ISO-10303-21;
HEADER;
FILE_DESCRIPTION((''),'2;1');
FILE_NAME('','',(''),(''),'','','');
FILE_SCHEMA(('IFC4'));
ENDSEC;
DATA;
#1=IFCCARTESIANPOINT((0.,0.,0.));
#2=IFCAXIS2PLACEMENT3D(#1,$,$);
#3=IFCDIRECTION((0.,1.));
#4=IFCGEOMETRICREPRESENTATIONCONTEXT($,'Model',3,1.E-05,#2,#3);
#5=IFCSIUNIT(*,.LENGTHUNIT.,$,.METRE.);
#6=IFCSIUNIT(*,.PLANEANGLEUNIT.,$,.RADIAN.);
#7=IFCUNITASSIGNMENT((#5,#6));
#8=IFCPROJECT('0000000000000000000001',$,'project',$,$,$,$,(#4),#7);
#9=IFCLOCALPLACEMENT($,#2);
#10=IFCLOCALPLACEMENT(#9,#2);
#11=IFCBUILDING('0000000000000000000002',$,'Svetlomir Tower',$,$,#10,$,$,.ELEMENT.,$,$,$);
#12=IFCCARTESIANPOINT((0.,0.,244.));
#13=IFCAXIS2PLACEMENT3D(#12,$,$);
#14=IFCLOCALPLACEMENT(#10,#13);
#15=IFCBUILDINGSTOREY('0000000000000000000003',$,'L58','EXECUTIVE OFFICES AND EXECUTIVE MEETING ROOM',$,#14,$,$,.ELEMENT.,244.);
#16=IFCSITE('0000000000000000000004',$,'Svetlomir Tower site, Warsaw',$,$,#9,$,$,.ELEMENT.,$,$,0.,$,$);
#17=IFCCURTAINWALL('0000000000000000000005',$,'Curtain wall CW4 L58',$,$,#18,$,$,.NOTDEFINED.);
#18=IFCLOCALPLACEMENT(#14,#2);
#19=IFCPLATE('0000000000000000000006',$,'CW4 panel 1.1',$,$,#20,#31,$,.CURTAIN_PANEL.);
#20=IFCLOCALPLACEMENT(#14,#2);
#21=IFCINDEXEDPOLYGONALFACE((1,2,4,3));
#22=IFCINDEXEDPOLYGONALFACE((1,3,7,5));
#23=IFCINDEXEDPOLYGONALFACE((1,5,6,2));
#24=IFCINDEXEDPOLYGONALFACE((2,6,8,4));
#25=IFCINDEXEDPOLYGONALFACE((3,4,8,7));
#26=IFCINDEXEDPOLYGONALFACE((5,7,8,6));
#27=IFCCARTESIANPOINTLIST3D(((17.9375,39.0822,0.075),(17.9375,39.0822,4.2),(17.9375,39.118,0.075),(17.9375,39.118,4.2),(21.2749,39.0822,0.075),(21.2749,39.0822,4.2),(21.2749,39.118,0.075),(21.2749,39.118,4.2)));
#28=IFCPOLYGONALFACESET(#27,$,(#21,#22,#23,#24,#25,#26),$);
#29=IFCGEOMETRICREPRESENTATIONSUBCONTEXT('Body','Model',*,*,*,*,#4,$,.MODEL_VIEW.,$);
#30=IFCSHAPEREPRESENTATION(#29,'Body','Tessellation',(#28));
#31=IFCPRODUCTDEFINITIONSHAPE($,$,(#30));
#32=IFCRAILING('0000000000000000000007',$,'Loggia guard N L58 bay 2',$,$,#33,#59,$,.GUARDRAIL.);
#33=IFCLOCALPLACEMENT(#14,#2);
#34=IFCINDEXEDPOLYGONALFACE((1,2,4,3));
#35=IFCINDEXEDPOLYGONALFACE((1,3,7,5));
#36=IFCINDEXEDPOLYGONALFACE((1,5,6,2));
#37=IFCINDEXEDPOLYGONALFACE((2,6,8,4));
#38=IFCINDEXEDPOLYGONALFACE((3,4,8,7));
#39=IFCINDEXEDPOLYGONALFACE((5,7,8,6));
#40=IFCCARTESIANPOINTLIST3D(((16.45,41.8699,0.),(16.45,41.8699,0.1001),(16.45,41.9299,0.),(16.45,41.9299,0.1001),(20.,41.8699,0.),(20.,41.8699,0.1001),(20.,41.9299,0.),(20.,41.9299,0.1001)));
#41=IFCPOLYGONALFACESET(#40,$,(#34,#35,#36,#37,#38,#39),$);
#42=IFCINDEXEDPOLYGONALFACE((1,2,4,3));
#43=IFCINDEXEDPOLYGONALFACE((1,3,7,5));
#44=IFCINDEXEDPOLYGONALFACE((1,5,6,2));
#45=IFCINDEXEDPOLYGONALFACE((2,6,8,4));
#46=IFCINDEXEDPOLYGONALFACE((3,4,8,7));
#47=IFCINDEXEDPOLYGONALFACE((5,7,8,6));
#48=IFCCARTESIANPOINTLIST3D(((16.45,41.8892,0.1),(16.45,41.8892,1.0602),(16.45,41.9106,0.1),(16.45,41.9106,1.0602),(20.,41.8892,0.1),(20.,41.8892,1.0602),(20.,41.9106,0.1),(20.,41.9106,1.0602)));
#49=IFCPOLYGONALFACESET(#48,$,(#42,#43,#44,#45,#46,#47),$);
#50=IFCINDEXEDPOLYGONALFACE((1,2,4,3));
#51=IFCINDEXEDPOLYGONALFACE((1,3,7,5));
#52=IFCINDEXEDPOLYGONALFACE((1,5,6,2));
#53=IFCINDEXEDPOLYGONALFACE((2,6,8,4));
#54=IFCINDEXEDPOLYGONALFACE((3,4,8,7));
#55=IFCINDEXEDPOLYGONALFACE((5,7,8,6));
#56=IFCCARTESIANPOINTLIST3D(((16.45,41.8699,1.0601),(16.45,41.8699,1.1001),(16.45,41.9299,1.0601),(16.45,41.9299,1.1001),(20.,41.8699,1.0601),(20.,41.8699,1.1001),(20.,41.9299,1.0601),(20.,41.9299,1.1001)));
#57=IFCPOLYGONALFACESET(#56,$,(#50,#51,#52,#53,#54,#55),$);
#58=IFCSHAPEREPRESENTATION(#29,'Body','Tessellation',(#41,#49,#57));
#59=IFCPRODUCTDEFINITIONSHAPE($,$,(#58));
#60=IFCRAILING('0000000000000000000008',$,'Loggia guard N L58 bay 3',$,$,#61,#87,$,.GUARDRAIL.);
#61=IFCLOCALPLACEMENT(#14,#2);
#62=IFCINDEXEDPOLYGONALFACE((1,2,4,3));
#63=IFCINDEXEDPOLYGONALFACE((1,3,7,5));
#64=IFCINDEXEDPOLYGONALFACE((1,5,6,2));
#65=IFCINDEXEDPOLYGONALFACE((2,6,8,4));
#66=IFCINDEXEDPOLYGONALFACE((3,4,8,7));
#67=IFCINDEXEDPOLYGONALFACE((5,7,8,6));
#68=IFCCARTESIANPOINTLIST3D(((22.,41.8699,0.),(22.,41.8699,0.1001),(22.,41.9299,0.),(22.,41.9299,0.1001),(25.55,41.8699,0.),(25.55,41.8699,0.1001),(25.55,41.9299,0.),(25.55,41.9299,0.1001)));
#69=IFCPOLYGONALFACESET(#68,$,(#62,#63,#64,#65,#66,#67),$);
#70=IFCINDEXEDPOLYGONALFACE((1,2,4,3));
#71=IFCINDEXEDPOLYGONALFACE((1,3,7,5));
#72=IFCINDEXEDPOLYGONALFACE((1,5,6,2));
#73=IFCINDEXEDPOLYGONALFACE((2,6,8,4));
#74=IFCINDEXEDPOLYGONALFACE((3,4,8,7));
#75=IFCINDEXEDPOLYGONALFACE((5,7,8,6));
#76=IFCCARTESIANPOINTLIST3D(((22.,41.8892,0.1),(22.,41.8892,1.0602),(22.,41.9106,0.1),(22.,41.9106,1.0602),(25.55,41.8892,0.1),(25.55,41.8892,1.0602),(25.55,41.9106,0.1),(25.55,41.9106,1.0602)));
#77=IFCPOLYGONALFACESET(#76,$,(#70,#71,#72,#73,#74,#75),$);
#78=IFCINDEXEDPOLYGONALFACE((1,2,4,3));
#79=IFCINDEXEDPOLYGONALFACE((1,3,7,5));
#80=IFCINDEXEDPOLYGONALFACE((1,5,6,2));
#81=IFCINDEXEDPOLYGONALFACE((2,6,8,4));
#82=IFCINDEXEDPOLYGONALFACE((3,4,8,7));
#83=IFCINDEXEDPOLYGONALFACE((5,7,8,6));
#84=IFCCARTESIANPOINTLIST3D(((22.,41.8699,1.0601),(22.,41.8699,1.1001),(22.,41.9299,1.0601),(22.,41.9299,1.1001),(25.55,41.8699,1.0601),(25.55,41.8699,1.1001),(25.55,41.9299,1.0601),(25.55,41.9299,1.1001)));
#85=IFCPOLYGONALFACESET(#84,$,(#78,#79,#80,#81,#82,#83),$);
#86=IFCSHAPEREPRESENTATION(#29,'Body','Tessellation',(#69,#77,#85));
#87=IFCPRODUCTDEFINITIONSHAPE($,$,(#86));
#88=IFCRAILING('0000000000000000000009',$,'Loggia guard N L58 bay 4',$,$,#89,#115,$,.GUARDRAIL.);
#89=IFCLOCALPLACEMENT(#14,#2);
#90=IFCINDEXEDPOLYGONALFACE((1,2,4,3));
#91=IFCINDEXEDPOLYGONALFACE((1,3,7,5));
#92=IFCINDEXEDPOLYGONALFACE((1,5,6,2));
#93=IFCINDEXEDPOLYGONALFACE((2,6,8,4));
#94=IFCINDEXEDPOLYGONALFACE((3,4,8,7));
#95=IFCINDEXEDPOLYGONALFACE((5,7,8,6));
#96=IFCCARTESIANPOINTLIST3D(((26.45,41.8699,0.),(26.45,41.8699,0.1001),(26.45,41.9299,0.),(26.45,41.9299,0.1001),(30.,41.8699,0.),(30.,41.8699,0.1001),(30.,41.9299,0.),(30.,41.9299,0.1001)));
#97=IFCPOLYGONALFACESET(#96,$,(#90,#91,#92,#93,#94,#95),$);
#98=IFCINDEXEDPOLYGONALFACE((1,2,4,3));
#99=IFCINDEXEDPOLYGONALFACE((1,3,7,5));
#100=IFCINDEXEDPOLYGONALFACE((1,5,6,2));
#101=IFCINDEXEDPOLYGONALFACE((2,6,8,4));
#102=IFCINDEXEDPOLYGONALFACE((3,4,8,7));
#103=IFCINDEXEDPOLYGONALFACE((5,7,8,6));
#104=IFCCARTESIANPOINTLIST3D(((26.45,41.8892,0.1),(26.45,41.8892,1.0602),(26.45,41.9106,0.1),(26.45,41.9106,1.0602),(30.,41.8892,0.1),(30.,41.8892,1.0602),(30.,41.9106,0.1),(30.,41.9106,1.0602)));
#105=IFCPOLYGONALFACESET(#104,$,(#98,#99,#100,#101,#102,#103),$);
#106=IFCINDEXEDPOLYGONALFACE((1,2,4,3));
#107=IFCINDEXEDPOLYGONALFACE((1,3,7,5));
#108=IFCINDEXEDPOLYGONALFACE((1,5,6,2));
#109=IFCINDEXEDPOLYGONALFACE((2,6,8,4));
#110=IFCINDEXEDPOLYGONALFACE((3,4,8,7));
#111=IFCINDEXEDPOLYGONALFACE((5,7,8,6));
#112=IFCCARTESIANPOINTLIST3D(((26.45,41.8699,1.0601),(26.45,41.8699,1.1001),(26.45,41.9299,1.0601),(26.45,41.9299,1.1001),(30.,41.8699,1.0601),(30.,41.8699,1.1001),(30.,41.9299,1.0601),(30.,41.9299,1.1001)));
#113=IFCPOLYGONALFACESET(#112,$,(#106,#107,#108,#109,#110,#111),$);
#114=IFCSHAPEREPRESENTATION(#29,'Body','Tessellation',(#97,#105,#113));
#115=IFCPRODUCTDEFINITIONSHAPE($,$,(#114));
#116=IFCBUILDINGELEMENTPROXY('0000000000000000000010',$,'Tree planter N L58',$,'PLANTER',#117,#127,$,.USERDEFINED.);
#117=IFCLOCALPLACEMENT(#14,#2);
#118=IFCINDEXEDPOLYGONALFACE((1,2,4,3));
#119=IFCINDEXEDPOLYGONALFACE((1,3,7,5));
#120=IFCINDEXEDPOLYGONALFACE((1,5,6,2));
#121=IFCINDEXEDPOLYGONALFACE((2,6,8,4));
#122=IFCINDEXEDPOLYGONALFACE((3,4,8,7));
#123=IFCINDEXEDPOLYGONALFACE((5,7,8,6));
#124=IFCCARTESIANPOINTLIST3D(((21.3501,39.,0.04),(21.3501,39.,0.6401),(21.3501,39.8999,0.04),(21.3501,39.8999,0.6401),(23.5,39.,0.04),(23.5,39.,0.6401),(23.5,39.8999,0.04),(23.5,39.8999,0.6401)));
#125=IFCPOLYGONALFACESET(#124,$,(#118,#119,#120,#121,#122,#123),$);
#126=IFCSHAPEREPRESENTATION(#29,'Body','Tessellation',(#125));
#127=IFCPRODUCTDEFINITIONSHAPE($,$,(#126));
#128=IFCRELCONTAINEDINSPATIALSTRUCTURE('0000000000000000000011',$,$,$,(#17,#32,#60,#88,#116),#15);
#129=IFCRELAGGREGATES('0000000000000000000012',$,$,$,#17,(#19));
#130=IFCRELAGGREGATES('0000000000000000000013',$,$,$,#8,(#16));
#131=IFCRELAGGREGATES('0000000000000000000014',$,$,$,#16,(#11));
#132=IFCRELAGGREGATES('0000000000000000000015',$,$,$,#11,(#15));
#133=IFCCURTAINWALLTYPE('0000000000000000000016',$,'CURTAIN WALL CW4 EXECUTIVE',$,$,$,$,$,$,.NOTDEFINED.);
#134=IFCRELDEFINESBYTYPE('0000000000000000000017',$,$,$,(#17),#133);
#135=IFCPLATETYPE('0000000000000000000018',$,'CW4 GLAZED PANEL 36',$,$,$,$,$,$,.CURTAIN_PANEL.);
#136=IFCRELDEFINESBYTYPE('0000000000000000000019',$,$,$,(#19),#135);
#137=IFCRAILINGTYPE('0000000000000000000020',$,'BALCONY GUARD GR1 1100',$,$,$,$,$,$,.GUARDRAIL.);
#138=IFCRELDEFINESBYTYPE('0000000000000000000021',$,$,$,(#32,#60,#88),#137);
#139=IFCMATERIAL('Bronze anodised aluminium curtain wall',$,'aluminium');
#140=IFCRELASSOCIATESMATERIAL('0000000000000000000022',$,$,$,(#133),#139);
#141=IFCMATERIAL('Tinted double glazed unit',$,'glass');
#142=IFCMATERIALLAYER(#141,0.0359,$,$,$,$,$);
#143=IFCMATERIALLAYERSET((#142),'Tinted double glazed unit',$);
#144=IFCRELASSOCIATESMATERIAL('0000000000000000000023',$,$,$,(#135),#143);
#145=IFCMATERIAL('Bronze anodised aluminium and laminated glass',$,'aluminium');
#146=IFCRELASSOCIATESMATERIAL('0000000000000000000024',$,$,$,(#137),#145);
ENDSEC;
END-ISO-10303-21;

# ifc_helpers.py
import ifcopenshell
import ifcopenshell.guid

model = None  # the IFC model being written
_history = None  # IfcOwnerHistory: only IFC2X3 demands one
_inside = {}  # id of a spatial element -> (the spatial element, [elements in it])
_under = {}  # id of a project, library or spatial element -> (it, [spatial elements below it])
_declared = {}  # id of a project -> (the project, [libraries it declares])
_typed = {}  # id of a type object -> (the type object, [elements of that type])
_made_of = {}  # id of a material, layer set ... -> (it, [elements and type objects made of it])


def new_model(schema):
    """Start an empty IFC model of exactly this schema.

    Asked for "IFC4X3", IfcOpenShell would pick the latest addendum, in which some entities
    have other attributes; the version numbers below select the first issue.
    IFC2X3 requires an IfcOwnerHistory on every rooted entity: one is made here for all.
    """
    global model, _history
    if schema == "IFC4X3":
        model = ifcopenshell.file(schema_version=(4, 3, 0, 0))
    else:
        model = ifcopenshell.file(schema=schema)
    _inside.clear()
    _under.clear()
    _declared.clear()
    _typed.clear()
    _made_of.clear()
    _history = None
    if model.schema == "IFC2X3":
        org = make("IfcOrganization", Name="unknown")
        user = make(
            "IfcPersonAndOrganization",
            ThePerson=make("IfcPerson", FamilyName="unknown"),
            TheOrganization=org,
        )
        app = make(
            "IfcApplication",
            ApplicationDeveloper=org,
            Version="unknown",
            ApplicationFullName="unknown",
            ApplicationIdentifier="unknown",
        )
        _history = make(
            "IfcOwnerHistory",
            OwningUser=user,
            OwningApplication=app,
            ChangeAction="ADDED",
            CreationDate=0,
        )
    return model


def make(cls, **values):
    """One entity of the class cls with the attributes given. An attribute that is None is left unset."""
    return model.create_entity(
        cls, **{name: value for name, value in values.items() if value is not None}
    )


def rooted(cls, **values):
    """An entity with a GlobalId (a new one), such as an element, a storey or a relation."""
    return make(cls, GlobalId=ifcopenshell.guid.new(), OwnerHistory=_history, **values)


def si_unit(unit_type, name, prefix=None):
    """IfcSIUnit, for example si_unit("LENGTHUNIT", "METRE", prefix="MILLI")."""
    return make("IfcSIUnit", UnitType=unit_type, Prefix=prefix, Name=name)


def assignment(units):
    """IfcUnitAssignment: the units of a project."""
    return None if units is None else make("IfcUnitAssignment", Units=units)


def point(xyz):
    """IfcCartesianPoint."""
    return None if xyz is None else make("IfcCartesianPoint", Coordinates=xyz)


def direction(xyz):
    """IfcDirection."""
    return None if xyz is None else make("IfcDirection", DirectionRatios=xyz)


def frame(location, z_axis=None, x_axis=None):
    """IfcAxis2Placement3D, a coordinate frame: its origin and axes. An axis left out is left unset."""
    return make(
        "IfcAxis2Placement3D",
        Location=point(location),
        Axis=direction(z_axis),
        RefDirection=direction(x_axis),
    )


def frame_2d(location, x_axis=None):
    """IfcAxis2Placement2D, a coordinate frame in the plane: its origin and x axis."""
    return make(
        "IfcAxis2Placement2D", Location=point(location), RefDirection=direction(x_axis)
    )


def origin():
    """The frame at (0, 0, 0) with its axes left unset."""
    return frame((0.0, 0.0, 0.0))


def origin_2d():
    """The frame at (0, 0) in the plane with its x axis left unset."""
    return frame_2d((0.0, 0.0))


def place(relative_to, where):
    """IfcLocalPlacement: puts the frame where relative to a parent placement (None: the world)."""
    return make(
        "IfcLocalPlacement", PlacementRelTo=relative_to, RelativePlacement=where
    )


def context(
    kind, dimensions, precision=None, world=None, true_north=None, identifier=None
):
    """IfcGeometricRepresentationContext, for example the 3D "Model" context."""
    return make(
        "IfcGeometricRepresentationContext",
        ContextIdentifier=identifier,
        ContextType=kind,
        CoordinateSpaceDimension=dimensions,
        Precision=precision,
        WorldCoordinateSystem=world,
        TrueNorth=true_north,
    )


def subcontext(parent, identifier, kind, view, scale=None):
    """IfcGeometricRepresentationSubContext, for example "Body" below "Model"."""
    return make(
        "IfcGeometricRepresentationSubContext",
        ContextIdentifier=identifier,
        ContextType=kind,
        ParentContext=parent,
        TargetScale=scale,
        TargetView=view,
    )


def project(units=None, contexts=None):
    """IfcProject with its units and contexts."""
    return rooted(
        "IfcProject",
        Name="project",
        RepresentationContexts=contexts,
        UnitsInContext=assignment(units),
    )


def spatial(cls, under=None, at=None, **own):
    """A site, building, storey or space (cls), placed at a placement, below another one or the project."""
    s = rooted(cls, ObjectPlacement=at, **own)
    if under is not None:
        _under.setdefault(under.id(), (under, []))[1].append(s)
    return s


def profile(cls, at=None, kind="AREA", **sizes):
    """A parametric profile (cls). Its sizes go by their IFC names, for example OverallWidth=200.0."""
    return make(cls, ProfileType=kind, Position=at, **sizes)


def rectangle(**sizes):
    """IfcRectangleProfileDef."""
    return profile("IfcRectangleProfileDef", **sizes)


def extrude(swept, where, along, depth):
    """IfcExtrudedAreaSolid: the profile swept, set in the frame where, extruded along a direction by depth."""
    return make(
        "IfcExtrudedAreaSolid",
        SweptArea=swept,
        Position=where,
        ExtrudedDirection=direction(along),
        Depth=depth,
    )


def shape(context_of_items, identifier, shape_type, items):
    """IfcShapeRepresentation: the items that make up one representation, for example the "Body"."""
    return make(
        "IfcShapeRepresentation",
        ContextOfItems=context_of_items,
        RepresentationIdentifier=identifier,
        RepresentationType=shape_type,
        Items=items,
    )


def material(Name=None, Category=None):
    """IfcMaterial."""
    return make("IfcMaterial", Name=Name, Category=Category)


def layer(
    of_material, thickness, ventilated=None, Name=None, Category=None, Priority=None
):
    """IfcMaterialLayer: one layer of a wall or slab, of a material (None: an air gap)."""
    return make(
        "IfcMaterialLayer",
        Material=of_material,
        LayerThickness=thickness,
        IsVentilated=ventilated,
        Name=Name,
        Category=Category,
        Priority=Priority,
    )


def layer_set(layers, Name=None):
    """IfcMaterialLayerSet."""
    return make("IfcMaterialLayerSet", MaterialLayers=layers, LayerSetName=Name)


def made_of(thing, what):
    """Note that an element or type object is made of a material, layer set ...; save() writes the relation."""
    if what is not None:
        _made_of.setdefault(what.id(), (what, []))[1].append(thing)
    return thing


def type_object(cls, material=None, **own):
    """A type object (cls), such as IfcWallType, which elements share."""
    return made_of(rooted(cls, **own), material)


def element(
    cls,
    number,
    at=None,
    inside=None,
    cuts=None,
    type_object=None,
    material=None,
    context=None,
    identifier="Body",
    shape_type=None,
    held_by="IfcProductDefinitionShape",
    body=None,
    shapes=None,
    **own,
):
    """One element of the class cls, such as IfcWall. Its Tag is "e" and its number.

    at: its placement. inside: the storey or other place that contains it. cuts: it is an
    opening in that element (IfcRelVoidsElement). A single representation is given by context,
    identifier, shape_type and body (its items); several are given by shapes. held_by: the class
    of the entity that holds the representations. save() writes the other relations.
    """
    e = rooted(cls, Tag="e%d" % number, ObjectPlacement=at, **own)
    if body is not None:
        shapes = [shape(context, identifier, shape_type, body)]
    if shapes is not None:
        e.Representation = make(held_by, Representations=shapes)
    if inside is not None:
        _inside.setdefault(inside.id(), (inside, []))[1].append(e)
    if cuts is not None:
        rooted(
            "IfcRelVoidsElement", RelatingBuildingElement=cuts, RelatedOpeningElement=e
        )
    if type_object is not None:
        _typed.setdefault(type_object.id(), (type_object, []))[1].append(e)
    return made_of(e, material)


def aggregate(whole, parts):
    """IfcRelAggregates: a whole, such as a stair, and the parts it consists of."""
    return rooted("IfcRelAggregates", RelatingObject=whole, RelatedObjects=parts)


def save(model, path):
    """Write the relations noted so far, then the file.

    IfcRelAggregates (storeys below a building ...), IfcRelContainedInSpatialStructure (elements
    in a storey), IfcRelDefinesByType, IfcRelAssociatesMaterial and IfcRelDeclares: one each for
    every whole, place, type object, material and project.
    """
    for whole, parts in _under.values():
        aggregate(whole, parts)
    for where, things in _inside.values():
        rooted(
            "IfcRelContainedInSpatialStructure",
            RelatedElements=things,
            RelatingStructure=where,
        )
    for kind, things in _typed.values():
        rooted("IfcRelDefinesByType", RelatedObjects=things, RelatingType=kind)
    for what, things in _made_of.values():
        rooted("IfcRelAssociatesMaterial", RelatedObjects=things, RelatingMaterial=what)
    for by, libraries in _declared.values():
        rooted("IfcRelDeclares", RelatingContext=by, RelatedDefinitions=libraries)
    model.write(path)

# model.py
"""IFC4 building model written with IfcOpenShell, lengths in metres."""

from ifc_helpers import new_model, si_unit, direction, frame, origin, origin_2d, place, context, subcontext, project, spatial, rectangle, extrude, material, layer, layer_set, type_object, element, aggregate, save


model = new_model("IFC4")

# Units and contexts
model_context = context("Model", 3, precision=1e-05, world=origin(), true_north=direction((0.0, 1.0)))
body_context = subcontext(model_context, "Body", "Model", "MODEL_VIEW")
ifc_project = project(units=[si_unit("LENGTHUNIT", "METRE"), si_unit("PLANEANGLEUNIT", "RADIAN")], contexts=[model_context])

# Site, building, storey
site_placement = place(None, origin())
site = spatial("IfcSite", under=ifc_project, at=site_placement, Name="Svetlomir Tower site, Warsaw", CompositionType="ELEMENT", RefElevation=0.0)
building_placement = place(site_placement, origin())
building = spatial("IfcBuilding", under=site, at=building_placement, Name="Svetlomir Tower", CompositionType="ELEMENT")
storey_placement = place(building_placement, frame((0.0, 0.0, 244.0)))
storey = spatial("IfcBuildingStorey", under=building, at=storey_placement, Name="L58", Description="EXECUTIVE OFFICES AND EXECUTIVE MEETING ROOM", CompositionType="ELEMENT", Elevation=244.0)

# Curtain wall
ifc_material_1 = material(Name="Bronze anodised aluminium curtain wall", Category="aluminium")
curtain_wall_type = type_object("IfcCurtainWallType", Name="CURTAIN WALL CW4 EXECUTIVE", PredefinedType="NOTDEFINED", material=ifc_material_1)
curtain_wall_1_placement = place(storey_placement, origin())
curtain_wall_1 = element("IfcCurtainWall", 1, at=curtain_wall_1_placement, inside=storey, type_object=curtain_wall_type, Name="Curtain wall CW4 L58", PredefinedType="NOTDEFINED")

# Plate
ifc_material_2 = material(Name="Tinted double glazed unit", Category="glass")
ifc_layer_1 = layer(ifc_material_2, 0.0359)
ifc_layer_set_1 = layer_set([ifc_layer_1], Name="Tinted double glazed unit")
plate_type = type_object("IfcPlateType", Name="CW4 GLAZED PANEL 36", PredefinedType="CURTAIN_PANEL", material=ifc_layer_set_1)
plate_1_placement = place(storey_placement, frame((19.6062, 39.1001, 0.075), z_axis=(0.0, 0.0, 1.0), x_axis=(-1.0, 0.0, 0.0)))
plate_1 = element("IfcPlate", 2, at=plate_1_placement, type_object=plate_type, Name="CW4 panel 1.1", PredefinedType="CURTAIN_PANEL", context=body_context, shape_type="SweptSolid", body=[
    extrude(rectangle(XDim=3.3374, YDim=0.0359, at=origin_2d()), origin(), (0.0, 0.0, 1.0), 4.125),
])
aggregate(curtain_wall_1, [plate_1])

# Railings
ifc_material_3 = material(Name="Bronze anodised aluminium and laminated glass", Category="aluminium")
railing_type = type_object("IfcRailingType", Name="BALCONY GUARD GR1 1100", PredefinedType="GUARDRAIL", material=ifc_material_3)
for number, where, name in (
    (3, (16.45, 41.8999, 0.0), "Loggia guard N L58 bay 2"),
    (4, (22.0, 41.8999, 0.0), "Loggia guard N L58 bay 3"),
    (5, (26.45, 41.8999, 0.0), "Loggia guard N L58 bay 4"),
):
    element("IfcRailing", number, at=place(storey_placement, frame(where)), inside=storey, type_object=railing_type, Name=name, PredefinedType="GUARDRAIL", context=body_context, shape_type="SweptSolid", body=[
        extrude(rectangle(XDim=0.0601, YDim=0.1001, at=origin_2d()), frame((0.0, 0.0, 0.05), z_axis=(1.0, 0.0, 0.0), x_axis=(0.0, 1.0, 0.0)), (0.0, 0.0, 1.0), 3.55),
        extrude(rectangle(XDim=0.0215, YDim=0.9602, at=origin_2d()), frame((0.0, 0.0, 0.5801), z_axis=(1.0, 0.0, 0.0), x_axis=(0.0, 1.0, 0.0)), (0.0, 0.0, 1.0), 3.55),
        extrude(rectangle(XDim=0.0601, YDim=0.04, at=origin_2d()), frame((0.0, 0.0, 1.0801), z_axis=(1.0, 0.0, 0.0), x_axis=(0.0, 1.0, 0.0)), (0.0, 0.0, 1.0), 3.55),
    ])

# Building element proxy
proxy_placement = place(storey_placement, frame((22.425, 39.45, 0.04), z_axis=(0.0, 0.0, 1.0), x_axis=(1.0, 0.0, 0.0)))
element("IfcBuildingElementProxy", 6, at=proxy_placement, inside=storey, Name="Tree planter N L58", ObjectType="PLANTER", PredefinedType="USERDEFINED", context=body_context, shape_type="SweptSolid", body=[
    extrude(rectangle(XDim=2.1499, YDim=0.8999, at=origin_2d()), origin(), (0.0, 0.0, 1.0), 0.6001),
])

save(model, "model.ifc")
